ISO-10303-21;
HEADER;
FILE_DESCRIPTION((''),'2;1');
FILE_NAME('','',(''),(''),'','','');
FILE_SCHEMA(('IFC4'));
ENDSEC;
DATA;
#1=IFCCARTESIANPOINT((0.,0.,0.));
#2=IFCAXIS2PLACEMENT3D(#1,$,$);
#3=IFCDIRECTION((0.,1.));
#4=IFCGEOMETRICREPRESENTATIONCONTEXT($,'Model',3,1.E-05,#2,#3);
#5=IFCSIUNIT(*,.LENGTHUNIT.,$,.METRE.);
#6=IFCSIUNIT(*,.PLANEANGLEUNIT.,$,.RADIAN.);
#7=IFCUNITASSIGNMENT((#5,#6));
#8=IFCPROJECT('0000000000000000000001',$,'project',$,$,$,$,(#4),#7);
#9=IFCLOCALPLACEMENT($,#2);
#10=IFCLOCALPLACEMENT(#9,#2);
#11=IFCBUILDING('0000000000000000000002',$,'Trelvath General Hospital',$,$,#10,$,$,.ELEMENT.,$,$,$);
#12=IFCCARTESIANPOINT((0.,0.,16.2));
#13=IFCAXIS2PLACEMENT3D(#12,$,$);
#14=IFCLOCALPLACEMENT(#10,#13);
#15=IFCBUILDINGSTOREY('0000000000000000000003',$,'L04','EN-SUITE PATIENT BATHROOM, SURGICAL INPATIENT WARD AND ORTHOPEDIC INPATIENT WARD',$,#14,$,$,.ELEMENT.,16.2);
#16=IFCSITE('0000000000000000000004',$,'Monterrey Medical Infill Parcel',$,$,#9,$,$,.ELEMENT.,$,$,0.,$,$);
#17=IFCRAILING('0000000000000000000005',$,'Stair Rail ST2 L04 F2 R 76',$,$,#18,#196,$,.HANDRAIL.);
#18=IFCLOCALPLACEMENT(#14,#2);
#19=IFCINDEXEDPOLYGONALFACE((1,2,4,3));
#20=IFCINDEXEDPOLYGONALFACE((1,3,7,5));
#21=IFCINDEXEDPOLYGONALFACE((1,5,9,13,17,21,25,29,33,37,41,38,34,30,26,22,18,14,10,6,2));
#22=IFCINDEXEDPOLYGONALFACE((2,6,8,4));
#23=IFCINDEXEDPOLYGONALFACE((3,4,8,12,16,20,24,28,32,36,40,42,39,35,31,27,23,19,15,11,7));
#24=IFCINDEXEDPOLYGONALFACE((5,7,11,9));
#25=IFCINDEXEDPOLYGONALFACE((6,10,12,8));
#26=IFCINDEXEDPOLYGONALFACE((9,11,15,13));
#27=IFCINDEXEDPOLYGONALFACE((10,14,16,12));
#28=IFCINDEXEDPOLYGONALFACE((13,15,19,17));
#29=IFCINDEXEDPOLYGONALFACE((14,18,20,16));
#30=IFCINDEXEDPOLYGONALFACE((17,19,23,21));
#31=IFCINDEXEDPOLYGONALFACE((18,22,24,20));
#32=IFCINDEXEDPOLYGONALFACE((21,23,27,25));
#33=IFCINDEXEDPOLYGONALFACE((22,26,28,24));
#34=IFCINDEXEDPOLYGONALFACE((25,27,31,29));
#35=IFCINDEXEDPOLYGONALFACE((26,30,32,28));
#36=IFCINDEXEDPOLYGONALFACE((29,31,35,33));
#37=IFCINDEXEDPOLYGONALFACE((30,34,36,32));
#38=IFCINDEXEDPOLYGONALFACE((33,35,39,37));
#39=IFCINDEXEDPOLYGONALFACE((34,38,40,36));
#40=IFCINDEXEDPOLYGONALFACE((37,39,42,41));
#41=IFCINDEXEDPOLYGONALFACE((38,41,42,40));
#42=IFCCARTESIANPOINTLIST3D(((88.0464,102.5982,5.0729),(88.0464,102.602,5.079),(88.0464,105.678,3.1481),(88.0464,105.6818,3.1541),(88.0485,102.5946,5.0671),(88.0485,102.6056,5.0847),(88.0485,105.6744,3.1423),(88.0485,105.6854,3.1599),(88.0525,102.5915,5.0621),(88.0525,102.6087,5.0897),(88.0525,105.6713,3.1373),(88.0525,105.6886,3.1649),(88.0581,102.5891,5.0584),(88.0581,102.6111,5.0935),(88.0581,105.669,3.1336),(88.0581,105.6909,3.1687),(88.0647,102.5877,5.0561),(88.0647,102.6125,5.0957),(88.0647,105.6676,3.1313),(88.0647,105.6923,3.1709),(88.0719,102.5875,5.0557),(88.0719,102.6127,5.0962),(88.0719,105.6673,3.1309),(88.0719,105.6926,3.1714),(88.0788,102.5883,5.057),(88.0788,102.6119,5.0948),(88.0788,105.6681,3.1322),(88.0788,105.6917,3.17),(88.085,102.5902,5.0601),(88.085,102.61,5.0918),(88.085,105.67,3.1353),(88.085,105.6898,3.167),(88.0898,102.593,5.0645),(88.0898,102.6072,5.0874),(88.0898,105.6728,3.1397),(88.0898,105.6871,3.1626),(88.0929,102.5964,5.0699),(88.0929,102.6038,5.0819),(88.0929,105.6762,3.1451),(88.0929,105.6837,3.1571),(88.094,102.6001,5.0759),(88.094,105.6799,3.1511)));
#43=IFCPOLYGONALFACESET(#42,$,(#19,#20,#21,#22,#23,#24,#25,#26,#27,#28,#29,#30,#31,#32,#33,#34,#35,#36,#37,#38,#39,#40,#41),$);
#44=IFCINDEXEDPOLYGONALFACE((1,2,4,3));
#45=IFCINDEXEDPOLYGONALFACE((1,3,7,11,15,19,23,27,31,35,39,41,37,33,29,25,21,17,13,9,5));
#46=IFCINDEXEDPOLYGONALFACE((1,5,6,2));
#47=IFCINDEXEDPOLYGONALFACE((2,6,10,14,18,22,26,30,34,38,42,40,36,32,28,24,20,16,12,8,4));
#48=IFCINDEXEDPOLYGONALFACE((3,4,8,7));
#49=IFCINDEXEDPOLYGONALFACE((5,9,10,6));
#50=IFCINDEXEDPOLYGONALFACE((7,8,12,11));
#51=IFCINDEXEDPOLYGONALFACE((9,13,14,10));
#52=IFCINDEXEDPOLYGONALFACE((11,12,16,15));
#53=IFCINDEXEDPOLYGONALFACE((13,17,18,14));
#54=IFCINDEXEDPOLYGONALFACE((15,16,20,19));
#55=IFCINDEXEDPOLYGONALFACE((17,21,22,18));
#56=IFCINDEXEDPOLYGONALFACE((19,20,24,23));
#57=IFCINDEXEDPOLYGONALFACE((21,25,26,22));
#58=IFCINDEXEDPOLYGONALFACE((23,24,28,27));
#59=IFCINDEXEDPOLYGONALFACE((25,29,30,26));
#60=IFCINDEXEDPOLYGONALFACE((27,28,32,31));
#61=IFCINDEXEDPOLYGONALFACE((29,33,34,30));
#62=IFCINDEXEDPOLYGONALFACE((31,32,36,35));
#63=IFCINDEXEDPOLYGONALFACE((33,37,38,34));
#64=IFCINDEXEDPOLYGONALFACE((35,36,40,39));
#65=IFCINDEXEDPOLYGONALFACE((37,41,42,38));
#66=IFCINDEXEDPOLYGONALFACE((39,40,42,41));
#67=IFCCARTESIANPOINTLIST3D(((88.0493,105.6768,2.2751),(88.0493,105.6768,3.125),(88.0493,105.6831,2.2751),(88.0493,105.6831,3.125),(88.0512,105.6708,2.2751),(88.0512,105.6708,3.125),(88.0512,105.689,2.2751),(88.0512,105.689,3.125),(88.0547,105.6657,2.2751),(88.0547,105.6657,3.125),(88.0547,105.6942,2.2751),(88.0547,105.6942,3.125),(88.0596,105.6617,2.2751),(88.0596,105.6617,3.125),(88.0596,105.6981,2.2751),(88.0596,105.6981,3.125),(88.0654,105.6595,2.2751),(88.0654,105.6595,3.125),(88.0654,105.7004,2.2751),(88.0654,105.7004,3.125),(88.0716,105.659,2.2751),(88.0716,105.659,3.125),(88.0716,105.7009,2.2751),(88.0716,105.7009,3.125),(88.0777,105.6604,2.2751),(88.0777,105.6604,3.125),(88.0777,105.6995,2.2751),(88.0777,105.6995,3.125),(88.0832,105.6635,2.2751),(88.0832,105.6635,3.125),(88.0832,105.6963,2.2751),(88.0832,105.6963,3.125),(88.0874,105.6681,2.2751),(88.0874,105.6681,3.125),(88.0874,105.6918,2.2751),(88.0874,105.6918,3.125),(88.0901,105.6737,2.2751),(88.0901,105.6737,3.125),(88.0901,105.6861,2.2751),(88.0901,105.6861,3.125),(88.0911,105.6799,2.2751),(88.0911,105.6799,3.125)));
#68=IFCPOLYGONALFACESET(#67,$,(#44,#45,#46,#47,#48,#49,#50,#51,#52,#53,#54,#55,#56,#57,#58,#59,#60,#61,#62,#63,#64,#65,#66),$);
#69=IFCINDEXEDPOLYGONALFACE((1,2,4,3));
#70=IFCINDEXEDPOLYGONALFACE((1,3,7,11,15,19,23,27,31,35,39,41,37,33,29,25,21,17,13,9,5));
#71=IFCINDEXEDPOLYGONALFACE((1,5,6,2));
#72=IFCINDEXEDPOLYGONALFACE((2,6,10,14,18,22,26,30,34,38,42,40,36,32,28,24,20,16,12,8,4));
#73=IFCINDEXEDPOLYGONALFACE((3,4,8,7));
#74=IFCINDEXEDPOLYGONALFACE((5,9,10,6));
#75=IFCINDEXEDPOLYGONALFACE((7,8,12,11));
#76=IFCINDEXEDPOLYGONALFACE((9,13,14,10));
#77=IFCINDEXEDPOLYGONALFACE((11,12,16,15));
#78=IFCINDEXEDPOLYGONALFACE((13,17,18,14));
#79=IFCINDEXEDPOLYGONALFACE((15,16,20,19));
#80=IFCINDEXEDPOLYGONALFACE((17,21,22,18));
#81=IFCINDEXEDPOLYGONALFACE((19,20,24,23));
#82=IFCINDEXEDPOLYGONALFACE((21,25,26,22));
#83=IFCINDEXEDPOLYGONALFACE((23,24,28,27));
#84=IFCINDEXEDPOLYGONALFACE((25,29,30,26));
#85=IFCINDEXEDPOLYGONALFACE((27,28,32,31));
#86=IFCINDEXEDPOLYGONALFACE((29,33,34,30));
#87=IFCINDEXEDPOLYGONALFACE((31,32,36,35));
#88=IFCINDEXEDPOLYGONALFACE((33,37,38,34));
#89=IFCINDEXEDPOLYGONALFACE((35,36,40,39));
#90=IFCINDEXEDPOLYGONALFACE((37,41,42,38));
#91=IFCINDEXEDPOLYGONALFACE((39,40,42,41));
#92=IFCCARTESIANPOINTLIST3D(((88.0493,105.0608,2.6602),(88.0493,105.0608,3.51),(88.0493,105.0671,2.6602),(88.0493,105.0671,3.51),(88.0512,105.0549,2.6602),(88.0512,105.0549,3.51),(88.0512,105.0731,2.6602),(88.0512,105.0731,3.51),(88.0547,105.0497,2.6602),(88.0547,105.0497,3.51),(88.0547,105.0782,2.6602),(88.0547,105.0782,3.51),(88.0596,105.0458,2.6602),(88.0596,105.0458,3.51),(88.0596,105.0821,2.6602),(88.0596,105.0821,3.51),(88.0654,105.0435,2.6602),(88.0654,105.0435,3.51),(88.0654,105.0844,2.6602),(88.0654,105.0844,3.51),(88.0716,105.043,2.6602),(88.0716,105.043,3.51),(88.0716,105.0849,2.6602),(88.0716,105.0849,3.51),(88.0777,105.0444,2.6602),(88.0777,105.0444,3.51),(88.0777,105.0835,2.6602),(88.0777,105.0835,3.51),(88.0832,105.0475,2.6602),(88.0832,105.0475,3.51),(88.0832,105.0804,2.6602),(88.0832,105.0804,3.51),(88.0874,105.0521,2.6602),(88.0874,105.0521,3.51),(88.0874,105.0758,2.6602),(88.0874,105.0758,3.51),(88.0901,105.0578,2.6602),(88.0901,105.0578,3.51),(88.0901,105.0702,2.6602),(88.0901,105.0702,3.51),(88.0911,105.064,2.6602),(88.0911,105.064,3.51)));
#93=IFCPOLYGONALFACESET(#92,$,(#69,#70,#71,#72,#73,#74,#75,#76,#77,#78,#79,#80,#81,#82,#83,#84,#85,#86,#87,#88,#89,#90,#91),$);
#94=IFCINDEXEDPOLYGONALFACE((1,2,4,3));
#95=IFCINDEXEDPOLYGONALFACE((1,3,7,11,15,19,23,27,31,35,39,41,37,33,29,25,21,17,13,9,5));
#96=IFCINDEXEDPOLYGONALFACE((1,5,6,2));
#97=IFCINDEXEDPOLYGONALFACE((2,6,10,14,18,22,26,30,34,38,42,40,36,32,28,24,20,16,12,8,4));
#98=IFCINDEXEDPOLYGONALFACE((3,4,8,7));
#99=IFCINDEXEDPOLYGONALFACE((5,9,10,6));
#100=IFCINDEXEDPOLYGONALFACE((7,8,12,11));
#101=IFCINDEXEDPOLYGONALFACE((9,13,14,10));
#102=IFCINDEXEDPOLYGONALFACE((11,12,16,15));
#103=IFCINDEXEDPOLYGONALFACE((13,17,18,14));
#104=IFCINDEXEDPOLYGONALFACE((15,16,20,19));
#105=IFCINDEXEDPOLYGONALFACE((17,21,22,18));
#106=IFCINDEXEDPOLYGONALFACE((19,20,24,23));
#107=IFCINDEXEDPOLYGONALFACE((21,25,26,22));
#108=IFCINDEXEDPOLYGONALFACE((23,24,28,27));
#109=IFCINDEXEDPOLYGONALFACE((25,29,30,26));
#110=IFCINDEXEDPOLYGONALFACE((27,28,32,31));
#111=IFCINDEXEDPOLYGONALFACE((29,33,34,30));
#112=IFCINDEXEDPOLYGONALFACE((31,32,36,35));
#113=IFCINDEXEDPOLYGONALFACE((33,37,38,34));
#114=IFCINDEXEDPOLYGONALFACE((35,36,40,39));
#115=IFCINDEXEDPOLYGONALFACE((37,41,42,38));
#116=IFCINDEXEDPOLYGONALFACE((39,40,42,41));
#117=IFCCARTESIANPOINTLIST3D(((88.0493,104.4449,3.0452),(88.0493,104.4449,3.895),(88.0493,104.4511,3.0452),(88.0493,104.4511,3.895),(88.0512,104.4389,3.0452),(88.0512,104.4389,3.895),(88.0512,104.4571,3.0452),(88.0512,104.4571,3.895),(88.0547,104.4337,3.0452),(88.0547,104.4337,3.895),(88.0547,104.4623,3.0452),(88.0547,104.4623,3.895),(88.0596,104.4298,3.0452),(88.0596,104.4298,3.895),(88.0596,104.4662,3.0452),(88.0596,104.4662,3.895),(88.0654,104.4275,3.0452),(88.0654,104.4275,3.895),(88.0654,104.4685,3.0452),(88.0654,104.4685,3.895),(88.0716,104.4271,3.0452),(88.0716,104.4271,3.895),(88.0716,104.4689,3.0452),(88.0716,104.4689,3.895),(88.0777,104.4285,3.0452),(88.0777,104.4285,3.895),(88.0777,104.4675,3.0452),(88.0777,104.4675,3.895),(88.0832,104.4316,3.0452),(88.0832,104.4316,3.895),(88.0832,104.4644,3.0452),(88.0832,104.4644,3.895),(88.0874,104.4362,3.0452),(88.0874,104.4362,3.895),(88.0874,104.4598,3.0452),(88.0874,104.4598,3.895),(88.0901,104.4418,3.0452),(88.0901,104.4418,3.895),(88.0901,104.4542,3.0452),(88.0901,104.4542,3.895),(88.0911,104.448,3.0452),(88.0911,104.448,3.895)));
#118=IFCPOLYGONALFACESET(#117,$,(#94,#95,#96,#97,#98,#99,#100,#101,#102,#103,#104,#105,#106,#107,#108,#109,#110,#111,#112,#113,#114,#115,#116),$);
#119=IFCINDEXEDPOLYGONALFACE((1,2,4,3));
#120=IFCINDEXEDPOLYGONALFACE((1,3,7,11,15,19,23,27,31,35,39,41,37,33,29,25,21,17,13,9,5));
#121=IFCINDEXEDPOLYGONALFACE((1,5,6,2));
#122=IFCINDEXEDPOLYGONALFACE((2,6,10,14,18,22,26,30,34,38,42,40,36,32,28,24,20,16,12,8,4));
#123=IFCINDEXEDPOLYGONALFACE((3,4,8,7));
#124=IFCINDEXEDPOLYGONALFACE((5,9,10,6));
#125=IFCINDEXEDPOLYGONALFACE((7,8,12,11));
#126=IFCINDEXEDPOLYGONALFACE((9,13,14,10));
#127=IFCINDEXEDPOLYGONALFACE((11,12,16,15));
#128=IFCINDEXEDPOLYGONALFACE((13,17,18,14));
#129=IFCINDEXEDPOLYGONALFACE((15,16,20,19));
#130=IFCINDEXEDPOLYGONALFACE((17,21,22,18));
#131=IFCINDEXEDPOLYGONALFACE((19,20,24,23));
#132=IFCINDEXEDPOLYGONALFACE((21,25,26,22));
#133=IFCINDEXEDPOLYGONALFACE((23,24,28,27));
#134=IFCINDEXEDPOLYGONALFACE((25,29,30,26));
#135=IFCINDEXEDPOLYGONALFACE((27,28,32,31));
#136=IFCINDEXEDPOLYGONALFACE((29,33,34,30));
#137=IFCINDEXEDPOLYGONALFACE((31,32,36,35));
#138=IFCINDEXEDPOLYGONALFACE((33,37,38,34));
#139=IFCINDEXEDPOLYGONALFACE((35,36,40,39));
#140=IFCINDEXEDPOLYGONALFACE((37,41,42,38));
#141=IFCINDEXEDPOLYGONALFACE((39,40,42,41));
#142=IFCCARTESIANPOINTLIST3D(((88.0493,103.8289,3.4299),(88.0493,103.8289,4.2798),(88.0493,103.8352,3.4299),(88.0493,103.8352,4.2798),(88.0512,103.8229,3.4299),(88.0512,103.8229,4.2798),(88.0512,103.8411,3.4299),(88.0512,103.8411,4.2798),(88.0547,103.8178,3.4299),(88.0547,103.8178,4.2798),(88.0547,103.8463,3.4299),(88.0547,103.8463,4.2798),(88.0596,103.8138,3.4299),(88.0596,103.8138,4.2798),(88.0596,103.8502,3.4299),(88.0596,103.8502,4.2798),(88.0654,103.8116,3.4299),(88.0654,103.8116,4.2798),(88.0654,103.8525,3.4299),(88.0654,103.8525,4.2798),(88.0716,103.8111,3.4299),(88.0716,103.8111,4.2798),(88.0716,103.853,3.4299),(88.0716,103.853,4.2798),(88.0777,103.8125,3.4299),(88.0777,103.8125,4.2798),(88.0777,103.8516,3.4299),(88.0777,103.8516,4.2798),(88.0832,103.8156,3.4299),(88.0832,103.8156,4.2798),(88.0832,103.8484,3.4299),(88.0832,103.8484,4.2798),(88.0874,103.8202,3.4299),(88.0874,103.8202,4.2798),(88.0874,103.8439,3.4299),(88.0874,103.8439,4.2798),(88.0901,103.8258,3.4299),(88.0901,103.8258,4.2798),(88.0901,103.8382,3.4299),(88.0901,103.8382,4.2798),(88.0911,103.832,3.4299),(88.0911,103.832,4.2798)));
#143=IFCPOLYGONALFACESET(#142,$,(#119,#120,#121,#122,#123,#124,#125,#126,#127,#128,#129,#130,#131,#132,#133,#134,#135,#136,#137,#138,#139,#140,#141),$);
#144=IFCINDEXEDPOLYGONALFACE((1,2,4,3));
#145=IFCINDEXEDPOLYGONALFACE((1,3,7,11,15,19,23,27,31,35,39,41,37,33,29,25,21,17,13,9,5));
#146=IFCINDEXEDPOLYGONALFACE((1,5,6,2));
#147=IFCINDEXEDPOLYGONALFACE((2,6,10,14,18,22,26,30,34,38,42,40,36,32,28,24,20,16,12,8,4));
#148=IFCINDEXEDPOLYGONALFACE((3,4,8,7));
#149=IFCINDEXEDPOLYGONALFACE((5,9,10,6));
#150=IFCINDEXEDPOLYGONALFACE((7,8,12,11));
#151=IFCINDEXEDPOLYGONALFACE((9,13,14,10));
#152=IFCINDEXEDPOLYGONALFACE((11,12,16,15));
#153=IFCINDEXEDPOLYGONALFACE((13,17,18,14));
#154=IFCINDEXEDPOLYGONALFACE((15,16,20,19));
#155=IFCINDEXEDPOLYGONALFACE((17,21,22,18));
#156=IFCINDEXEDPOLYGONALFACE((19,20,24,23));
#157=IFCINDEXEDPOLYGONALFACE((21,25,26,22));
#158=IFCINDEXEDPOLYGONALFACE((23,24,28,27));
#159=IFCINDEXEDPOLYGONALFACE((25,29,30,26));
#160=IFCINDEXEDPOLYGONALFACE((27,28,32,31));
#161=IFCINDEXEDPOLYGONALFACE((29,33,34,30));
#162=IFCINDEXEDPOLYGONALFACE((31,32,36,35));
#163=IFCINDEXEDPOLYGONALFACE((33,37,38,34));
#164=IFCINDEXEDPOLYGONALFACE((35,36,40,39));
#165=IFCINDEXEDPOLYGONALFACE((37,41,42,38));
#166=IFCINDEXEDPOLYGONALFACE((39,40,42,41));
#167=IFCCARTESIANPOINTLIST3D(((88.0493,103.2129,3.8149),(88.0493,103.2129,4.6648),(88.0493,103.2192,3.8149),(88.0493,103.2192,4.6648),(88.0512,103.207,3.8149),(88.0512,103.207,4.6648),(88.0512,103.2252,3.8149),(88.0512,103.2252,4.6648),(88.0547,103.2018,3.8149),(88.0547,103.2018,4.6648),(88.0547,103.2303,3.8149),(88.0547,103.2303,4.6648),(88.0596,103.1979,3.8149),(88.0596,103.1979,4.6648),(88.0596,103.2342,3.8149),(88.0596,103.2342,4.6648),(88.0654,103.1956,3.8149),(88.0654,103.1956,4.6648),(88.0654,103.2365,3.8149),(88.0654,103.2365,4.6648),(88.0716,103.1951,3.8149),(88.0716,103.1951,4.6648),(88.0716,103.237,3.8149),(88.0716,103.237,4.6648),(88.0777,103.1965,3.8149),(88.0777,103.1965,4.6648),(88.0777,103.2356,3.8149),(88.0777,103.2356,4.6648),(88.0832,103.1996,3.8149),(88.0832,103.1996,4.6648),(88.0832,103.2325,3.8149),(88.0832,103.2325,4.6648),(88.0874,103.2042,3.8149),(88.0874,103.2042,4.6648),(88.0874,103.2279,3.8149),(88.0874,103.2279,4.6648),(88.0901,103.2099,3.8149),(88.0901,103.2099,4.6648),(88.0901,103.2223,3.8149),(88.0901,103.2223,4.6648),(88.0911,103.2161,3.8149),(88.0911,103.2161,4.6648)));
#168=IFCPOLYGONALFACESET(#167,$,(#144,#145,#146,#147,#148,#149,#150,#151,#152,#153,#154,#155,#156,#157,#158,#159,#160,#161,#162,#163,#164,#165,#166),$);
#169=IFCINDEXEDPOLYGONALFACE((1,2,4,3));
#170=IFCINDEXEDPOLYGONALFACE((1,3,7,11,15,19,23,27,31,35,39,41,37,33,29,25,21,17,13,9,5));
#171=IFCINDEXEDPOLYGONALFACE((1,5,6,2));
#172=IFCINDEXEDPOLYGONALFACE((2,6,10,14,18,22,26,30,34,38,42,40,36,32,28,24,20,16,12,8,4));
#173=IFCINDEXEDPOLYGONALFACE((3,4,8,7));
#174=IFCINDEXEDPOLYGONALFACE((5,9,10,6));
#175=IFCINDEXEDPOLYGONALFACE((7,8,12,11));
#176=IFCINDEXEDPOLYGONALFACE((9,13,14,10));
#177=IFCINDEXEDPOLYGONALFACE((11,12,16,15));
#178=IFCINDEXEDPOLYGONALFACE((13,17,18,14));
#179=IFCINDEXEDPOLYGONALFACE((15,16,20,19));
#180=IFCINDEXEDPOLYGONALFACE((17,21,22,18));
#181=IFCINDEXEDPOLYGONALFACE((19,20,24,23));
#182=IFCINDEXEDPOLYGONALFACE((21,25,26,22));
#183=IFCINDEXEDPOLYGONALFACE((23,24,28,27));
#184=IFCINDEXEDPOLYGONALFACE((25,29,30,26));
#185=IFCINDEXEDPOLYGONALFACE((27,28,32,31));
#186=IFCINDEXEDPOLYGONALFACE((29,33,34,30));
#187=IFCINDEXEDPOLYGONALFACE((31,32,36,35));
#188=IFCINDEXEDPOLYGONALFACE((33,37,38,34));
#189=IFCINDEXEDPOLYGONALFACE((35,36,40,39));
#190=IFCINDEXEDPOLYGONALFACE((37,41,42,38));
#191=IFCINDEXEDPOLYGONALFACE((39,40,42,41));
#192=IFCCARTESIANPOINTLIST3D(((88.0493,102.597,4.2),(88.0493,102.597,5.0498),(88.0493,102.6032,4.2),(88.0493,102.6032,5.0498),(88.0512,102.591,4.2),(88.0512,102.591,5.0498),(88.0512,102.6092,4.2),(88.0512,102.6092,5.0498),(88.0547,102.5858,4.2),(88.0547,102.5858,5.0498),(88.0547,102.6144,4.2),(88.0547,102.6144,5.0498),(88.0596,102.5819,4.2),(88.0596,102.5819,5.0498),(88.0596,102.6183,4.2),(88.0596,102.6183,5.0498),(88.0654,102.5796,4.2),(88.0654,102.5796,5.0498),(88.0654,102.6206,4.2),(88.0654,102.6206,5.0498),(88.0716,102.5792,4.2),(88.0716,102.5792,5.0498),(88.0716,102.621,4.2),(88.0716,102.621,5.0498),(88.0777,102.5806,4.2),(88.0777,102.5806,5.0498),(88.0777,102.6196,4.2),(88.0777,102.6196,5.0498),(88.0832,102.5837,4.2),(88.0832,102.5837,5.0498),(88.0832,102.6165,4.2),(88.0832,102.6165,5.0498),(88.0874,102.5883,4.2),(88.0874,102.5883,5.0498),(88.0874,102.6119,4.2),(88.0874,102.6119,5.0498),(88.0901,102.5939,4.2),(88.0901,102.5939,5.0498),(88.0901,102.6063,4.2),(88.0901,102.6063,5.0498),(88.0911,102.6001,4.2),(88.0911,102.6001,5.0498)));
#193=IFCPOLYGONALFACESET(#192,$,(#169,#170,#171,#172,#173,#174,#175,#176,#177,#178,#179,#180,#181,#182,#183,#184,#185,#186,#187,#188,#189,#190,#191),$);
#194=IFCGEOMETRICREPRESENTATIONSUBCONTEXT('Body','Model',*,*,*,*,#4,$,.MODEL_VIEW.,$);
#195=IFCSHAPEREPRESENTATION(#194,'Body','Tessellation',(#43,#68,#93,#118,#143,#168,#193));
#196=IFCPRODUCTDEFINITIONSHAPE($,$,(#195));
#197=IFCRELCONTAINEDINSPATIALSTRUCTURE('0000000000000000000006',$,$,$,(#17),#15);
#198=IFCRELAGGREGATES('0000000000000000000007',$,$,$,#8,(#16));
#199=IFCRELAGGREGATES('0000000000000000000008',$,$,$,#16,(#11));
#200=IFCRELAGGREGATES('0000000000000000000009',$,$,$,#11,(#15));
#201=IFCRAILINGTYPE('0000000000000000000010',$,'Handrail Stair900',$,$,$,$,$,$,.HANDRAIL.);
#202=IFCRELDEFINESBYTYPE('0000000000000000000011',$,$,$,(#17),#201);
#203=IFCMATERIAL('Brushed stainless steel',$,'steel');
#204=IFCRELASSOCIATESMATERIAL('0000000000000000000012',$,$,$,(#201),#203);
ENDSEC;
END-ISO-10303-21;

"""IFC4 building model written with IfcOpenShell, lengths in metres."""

from ifc_helpers import new_model, si_unit, direction, frame, origin, origin_2d, place, context, subcontext, project, spatial, circle, extrude, material, type_object, element, save


model = new_model("IFC4")

# Units and contexts
model_context = context("Model", 3, precision=1e-05, world=origin(), true_north=direction((0.0, 1.0)))
body_context = subcontext(model_context, "Body", "Model", "MODEL_VIEW")
ifc_project = project(units=[si_unit("LENGTHUNIT", "METRE"), si_unit("PLANEANGLEUNIT", "RADIAN")], contexts=[model_context])

# Site, building, storey
site_placement = place(None, origin())
site = spatial("IfcSite", under=ifc_project, at=site_placement, Name="Monterrey Medical Infill Parcel", CompositionType="ELEMENT", RefElevation=0.0)
building_placement = place(site_placement, origin())
building = spatial("IfcBuilding", under=site, at=building_placement, Name="Trelvath General Hospital", CompositionType="ELEMENT")
storey_placement = place(building_placement, frame((0.0, 0.0, 16.2)))
storey = spatial("IfcBuildingStorey", under=building, at=storey_placement, Name="L04", Description="EN-SUITE PATIENT BATHROOM, SURGICAL INPATIENT WARD AND ORTHOPEDIC INPATIENT WARD", CompositionType="ELEMENT", Elevation=16.2)

# Railing
ifc_material_1 = material(Name="Brushed stainless steel", Category="steel")
railing_type_1 = type_object("IfcRailingType", Name="Handrail Stair900", PredefinedType="HANDRAIL", material=ifc_material_1)
railing_1_placement = place(storey_placement, frame((88.0701, 105.6799, 2.2751)))
element("IfcRailing", 1, at=railing_1_placement, inside=storey, type_object=railing_type_1, Name="Stair Rail ST2 L04 F2 R 76", PredefinedType="HANDRAIL", context=body_context, shape_type="SweptSolid", body=[
    extrude(circle(Radius=0.0239, at=origin_2d()), frame((0.0, 0.0, 0.876), z_axis=(0.0, -0.84801, 0.529981), x_axis=(1.0, 0.0, 0.0)), (0.0, 0.0, 1.0), 3.6318),
    extrude(circle(Radius=0.021, at=origin_2d()), origin(), (0.0, 0.0, 1.0), 0.8499),
    extrude(circle(Radius=0.021, at=origin_2d()), frame((0.0, -0.616, 0.385)), (0.0, 0.0, 1.0), 0.8499),
    extrude(circle(Radius=0.021, at=origin_2d()), frame((0.0, -1.2319, 0.77)), (0.0, 0.0, 1.0), 0.8499),
    extrude(circle(Radius=0.021, at=origin_2d()), frame((0.0, -1.8479, 1.1548)), (0.0, 0.0, 1.0), 0.8499),
    extrude(circle(Radius=0.021, at=origin_2d()), frame((0.0, -2.4639, 1.5398)), (0.0, 0.0, 1.0), 0.8499),
    extrude(circle(Radius=0.021, at=origin_2d()), frame((0.0, -3.0798, 1.9248)), (0.0, 0.0, 1.0), 0.8499),
])

save(model, "model.ifc")
